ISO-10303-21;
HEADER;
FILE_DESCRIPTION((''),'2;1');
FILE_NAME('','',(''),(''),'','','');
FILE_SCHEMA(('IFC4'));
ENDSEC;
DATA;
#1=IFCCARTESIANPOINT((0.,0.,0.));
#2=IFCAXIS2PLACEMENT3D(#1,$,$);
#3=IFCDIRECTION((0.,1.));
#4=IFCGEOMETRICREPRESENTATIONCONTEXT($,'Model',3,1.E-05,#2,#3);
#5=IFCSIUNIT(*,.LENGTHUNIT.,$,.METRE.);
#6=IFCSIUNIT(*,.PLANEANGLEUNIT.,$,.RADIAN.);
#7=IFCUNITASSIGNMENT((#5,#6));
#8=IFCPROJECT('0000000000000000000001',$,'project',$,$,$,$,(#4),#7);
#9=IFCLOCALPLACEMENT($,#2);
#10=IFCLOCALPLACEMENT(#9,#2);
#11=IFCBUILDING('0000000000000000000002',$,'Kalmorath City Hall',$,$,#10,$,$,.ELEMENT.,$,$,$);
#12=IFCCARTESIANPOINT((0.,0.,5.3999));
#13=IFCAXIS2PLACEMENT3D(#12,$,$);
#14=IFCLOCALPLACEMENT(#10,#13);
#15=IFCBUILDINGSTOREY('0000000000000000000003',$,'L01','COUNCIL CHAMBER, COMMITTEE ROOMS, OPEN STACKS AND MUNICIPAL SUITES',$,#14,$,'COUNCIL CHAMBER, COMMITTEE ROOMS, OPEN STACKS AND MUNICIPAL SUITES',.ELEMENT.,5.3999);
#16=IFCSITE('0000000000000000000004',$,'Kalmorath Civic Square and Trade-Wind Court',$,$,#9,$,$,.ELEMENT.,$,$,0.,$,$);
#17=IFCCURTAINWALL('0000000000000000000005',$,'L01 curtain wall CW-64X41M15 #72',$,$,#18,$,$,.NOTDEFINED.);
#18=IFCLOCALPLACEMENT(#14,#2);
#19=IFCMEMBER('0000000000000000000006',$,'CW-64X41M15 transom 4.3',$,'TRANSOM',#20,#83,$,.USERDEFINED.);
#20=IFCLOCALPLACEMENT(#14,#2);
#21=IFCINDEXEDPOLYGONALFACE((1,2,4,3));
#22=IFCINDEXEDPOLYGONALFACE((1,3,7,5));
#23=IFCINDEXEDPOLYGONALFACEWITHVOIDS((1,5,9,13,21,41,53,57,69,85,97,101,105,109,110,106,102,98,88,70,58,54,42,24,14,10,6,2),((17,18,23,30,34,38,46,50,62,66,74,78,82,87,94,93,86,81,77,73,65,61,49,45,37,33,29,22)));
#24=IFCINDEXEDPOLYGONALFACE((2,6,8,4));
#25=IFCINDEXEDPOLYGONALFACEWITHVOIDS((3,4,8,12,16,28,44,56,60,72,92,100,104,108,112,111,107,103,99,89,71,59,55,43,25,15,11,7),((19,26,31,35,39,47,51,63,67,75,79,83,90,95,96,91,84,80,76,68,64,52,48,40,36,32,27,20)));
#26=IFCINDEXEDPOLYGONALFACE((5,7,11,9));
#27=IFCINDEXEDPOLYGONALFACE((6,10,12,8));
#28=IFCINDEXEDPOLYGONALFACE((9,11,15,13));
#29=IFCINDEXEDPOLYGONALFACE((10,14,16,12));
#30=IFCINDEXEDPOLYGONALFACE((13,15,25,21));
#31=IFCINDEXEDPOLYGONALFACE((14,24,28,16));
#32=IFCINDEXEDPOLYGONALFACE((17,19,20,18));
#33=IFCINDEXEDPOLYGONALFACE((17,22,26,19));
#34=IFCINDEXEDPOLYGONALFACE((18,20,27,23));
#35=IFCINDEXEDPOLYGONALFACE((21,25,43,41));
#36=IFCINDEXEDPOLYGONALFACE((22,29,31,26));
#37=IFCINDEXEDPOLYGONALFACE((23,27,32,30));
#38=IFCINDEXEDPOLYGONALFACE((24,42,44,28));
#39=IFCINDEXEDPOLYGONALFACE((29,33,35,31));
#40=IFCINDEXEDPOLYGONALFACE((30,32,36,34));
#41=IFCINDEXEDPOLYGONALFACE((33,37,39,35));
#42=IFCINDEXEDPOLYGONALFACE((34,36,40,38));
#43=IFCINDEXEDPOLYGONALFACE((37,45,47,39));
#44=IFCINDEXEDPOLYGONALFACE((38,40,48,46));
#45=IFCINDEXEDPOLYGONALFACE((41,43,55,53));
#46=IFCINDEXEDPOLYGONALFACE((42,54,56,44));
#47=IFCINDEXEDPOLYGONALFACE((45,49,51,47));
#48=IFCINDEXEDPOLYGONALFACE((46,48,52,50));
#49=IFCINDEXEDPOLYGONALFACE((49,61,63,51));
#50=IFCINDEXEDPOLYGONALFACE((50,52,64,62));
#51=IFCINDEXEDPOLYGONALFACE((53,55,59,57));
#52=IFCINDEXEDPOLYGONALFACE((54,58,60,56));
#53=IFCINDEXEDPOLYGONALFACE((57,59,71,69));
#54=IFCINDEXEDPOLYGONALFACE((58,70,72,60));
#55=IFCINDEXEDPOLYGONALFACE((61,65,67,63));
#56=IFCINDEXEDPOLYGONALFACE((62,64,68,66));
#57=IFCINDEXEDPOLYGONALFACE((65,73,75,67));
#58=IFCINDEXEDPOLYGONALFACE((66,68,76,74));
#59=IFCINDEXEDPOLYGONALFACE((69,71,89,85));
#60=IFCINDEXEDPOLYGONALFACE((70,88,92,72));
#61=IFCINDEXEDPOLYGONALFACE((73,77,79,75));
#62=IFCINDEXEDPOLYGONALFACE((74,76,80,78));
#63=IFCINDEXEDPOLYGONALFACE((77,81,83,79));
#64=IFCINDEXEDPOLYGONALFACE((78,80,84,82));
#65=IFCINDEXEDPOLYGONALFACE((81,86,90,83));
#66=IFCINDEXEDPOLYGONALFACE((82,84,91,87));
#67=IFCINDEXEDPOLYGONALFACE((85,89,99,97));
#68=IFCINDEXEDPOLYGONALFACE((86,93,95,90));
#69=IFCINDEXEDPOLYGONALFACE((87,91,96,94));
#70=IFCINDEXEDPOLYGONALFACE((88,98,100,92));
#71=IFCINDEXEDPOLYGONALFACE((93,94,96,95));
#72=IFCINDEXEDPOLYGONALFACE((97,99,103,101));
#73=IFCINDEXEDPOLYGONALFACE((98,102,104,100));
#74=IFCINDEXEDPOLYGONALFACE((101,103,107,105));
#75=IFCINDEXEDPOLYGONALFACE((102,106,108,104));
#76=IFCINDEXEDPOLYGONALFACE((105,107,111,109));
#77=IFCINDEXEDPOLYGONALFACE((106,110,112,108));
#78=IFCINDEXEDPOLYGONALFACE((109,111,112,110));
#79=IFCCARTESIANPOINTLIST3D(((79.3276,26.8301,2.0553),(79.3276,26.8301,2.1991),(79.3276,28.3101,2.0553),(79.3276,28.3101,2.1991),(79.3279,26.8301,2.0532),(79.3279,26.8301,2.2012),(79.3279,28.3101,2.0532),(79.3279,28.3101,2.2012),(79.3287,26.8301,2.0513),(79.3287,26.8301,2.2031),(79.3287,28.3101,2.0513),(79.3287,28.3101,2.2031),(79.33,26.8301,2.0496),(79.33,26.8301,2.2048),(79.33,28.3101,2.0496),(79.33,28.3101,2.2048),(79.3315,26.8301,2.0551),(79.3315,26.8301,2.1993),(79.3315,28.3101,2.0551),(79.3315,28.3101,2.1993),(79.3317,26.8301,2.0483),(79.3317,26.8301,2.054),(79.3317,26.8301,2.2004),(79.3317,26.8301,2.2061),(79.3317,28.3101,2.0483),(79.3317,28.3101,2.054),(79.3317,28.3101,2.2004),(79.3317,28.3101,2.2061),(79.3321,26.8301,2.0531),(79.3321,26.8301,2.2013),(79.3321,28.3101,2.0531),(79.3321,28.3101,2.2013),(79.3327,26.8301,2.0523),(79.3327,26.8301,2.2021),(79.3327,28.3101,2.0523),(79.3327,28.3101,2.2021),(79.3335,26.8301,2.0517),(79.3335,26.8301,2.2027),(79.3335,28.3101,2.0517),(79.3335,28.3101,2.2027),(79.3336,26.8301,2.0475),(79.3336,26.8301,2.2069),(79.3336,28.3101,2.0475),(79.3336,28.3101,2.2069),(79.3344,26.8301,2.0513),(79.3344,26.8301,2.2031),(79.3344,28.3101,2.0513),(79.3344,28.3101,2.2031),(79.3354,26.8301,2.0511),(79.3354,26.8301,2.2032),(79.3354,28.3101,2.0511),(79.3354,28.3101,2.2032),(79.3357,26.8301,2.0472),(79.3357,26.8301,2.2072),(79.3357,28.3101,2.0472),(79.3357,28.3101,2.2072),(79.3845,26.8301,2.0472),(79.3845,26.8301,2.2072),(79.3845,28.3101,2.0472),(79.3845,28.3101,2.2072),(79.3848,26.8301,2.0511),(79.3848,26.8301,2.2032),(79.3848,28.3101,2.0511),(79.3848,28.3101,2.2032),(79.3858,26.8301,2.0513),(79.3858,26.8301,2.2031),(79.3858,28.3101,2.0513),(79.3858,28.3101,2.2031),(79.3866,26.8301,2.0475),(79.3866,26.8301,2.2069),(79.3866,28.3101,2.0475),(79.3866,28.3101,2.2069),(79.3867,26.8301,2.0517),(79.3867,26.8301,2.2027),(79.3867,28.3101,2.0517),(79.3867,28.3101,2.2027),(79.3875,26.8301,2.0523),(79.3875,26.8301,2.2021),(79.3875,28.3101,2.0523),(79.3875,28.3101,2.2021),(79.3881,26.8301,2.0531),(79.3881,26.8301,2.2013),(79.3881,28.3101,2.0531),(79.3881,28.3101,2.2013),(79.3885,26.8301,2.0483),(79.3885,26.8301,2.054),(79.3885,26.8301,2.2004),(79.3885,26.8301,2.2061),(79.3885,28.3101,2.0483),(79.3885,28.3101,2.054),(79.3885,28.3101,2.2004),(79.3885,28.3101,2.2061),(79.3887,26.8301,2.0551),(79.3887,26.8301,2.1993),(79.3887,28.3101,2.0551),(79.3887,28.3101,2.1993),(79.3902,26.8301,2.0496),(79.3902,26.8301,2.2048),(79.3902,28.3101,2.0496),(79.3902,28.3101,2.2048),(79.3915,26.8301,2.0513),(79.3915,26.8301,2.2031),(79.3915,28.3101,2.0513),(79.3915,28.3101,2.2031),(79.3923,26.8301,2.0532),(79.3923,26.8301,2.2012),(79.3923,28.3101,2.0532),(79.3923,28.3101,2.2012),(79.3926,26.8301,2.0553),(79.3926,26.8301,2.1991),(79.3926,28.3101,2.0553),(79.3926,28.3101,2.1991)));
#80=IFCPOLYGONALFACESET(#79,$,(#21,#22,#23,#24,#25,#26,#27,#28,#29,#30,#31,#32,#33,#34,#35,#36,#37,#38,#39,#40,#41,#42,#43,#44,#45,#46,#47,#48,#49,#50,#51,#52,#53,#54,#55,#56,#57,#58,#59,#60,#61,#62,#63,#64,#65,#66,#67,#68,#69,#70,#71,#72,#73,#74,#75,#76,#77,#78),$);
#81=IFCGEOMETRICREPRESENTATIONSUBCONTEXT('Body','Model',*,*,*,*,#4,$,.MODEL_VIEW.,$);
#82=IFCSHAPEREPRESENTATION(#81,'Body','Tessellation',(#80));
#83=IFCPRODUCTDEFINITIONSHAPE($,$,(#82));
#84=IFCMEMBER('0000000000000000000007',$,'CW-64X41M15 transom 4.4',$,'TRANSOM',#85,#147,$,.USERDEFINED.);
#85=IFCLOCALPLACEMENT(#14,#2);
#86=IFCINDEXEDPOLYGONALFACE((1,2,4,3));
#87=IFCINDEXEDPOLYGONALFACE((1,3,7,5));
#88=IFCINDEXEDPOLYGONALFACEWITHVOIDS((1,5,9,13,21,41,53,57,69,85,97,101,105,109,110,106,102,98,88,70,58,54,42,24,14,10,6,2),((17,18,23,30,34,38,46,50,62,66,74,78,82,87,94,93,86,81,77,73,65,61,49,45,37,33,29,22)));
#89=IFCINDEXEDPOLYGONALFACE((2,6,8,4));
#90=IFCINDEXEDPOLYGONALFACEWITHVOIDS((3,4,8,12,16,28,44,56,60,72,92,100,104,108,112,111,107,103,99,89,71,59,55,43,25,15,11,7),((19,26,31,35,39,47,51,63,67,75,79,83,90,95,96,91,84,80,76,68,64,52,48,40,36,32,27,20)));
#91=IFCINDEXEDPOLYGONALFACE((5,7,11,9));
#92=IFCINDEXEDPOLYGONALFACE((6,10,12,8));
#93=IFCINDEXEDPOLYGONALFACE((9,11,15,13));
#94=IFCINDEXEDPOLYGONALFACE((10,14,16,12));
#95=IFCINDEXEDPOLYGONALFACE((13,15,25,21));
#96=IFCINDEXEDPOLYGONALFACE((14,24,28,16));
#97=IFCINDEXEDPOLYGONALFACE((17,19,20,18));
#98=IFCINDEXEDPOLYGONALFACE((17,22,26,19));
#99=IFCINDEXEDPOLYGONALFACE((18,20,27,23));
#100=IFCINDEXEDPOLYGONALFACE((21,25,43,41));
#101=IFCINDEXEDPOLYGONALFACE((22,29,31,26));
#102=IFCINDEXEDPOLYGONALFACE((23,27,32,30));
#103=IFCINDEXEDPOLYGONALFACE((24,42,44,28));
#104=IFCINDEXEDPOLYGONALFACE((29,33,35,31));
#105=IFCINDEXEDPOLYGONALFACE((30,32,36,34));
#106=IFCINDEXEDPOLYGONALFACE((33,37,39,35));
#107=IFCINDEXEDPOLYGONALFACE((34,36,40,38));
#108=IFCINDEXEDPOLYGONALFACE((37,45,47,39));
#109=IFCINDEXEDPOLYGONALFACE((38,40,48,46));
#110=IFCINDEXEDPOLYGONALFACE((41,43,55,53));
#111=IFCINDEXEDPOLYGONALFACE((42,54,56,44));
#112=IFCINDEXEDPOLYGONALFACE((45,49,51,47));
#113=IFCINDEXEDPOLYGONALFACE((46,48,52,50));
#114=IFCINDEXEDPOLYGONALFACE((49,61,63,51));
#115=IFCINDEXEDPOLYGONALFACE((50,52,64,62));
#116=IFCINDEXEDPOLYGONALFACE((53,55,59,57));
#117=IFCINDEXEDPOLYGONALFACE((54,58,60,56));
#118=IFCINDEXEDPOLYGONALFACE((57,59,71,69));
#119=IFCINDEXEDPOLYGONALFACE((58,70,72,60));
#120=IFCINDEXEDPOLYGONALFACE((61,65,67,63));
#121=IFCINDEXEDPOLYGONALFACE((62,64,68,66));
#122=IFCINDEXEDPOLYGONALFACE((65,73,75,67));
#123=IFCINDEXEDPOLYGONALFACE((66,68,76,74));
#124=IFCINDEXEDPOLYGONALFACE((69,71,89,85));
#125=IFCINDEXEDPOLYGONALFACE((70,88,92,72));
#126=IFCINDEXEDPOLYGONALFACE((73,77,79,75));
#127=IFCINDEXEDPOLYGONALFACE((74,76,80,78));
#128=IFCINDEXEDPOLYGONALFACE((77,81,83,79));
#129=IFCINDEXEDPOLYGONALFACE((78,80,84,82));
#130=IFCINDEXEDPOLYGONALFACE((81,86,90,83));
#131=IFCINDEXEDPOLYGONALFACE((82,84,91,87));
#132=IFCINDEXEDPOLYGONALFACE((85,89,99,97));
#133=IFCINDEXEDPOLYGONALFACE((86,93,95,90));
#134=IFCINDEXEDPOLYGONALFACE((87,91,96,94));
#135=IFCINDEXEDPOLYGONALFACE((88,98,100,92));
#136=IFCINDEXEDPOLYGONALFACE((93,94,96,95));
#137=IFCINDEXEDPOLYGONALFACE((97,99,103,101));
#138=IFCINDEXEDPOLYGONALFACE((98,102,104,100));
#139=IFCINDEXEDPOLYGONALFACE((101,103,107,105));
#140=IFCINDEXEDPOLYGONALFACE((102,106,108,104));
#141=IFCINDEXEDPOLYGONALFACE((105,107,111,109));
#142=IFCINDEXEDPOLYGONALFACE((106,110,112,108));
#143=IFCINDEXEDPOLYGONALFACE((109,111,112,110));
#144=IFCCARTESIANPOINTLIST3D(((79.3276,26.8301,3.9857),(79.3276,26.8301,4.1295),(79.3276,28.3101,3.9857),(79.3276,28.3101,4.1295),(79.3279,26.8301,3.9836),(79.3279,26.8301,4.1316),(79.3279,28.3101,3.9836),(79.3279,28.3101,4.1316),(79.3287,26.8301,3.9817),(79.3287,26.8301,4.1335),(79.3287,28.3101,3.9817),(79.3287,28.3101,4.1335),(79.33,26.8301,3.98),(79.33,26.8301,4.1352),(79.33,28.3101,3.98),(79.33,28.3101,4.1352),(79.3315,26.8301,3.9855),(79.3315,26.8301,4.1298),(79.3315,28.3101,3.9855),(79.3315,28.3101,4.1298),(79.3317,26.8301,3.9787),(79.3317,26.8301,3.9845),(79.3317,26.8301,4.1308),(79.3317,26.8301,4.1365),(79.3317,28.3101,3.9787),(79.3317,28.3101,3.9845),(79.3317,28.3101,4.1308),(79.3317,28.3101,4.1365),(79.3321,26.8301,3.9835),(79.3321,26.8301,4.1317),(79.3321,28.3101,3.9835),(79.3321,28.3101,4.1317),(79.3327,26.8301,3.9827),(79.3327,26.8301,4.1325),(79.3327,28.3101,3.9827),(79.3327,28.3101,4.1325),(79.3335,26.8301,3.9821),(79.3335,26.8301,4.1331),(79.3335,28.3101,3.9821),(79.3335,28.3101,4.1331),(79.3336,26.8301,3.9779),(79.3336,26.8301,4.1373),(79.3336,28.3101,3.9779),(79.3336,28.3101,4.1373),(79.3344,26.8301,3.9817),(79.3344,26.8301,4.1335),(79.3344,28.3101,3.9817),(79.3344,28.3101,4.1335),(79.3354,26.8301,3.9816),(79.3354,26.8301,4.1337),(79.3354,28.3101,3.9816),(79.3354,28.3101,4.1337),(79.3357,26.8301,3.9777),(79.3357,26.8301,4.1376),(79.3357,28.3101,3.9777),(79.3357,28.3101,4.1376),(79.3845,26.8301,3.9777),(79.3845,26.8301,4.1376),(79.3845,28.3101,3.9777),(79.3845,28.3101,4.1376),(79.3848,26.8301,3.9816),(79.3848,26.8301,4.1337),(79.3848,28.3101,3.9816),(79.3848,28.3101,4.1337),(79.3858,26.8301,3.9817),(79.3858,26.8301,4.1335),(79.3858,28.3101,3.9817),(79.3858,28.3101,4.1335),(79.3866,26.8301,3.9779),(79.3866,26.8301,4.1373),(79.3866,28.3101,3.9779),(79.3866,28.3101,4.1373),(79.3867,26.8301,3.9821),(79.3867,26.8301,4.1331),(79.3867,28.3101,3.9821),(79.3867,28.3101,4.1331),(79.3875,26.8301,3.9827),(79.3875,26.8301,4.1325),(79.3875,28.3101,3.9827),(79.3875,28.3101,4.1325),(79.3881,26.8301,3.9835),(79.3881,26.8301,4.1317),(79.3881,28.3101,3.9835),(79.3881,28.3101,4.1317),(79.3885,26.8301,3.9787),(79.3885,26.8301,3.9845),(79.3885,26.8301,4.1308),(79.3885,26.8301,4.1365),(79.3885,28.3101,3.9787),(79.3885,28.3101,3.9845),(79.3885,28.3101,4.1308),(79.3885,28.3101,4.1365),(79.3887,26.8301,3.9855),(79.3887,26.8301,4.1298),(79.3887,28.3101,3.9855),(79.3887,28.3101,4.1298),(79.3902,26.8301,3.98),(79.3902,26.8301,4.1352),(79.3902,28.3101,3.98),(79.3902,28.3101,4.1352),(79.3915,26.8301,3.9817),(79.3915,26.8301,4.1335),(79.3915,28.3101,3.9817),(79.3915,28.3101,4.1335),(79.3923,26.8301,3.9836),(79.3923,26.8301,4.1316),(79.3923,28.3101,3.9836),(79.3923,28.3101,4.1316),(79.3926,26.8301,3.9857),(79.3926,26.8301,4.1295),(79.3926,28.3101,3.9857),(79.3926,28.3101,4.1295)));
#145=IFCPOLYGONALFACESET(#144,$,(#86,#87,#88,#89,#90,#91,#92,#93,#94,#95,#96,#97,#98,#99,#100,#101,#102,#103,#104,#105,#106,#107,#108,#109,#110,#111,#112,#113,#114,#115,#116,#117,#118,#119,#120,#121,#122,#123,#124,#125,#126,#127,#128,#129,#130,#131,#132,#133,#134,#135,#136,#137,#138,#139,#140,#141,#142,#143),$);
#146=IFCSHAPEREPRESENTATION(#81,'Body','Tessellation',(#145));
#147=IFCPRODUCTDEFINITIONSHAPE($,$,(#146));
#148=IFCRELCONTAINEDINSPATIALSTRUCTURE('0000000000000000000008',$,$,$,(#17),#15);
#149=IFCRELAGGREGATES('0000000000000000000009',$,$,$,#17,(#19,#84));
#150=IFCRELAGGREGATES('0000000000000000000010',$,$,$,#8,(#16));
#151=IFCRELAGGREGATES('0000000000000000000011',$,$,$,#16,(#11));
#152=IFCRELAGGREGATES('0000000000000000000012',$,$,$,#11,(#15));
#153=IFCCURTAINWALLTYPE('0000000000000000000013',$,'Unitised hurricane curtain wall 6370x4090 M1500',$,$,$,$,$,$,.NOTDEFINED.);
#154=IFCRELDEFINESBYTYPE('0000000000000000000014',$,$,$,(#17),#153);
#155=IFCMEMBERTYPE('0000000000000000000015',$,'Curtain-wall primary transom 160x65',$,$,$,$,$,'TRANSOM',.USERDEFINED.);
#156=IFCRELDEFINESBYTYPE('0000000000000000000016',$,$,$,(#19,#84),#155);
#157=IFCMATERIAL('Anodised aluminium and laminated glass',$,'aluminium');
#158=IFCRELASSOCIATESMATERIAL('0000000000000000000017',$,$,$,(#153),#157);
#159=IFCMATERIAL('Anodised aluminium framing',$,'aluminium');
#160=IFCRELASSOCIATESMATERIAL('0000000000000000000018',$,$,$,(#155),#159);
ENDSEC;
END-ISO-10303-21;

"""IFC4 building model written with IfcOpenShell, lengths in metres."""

from ifc_helpers import new_model, si_unit, direction, frame, origin, origin_2d, place, context, subcontext, project, spatial, hollow_rectangle, extrude, material, material_profile, profile_set, type_object, element, aggregate, save


model = new_model("IFC4")

# Units and contexts
model_context = context("Model", 3, precision=1e-05, world=origin(), true_north=direction((0.0, 1.0)))
body_context = subcontext(model_context, "Body", "Model", "MODEL_VIEW")
ifc_project = project(units=[si_unit("LENGTHUNIT", "METRE"), si_unit("PLANEANGLEUNIT", "RADIAN")], contexts=[model_context])

# Site, building, storey
site_placement = place(None, origin())
site = spatial("IfcSite", under=ifc_project, at=site_placement, Name="Kalmorath Civic Square and Trade-Wind Court", CompositionType="ELEMENT", RefElevation=0.0)
building_placement = place(site_placement, origin())
building = spatial("IfcBuilding", under=site, at=building_placement, Name="Kalmorath City Hall", CompositionType="ELEMENT")
storey_placement = place(building_placement, frame((0.0, 0.0, 5.3999)))
storey = spatial("IfcBuildingStorey", under=building, at=storey_placement, Name="L01", Description="COUNCIL CHAMBER, COMMITTEE ROOMS, OPEN STACKS AND MUNICIPAL SUITES", LongName="COUNCIL CHAMBER, COMMITTEE ROOMS, OPEN STACKS AND MUNICIPAL SUITES", CompositionType="ELEMENT", Elevation=5.3999)

# Curtain wall
ifc_material_1 = material(Name="Anodised aluminium and laminated glass", Category="aluminium")
curtain_wall_type_1 = type_object("IfcCurtainWallType", Name="Unitised hurricane curtain wall 6370x4090 M1500", PredefinedType="NOTDEFINED", material=ifc_material_1)
curtain_wall_1_placement = place(storey_placement, origin())
curtain_wall_1 = element("IfcCurtainWall", 1, at=curtain_wall_1_placement, inside=storey, type_object=curtain_wall_type_1, Name="L01 curtain wall CW-64X41M15 #72", PredefinedType="NOTDEFINED")

# Members
ifc_material_2 = material(Name="Anodised aluminium framing", Category="aluminium")
ifc_material_profile_1 = material_profile(ifc_material_2, hollow_rectangle(XDim=0.0649, YDim=0.1599, WallThickness=0.0039, InnerFilletRadius=0.0039, OuterFilletRadius=0.0081, at=origin_2d()), Name="ALU-TRN-160X65X4")
ifc_profile_set_1 = profile_set([ifc_material_profile_1], Name="Anodised aluminium framing")
member_type_1 = type_object("IfcMemberType", Name="Curtain-wall primary transom 160x65", ElementType="TRANSOM", PredefinedType="USERDEFINED", material=ifc_profile_set_1)
member_1_placement = place(storey_placement, frame((79.3601, 26.8301, 2.1272), z_axis=(0.0, 1.0, 0.0), x_axis=(-1.0, 0.0, 0.0)))
member_1 = element("IfcMember", 2, at=member_1_placement, type_object=member_type_1, Name="CW-64X41M15 transom 4.3", ObjectType="TRANSOM", PredefinedType="USERDEFINED", context=body_context, shape_type="SweptSolid", body=[
    extrude(hollow_rectangle(XDim=0.0649, YDim=0.1599, WallThickness=0.0039, InnerFilletRadius=0.0039, OuterFilletRadius=0.0081, at=origin_2d()), origin(), (0.0, 0.0, 1.0), 1.48),
])
member_2_placement = place(storey_placement, frame((79.3601, 26.8301, 4.0576), z_axis=(0.0, 1.0, 0.0), x_axis=(-1.0, 0.0, 0.0)))
member_2 = element("IfcMember", 3, at=member_2_placement, type_object=member_type_1, Name="CW-64X41M15 transom 4.4", ObjectType="TRANSOM", PredefinedType="USERDEFINED", context=body_context, shape_type="SweptSolid", body=[
    extrude(hollow_rectangle(XDim=0.0649, YDim=0.1599, WallThickness=0.0039, InnerFilletRadius=0.0039, OuterFilletRadius=0.0081, at=origin_2d()), origin(), (0.0, 0.0, 1.0), 1.48),
])

aggregate(curtain_wall_1, [member_1, member_2])

save(model, "model.ifc")
